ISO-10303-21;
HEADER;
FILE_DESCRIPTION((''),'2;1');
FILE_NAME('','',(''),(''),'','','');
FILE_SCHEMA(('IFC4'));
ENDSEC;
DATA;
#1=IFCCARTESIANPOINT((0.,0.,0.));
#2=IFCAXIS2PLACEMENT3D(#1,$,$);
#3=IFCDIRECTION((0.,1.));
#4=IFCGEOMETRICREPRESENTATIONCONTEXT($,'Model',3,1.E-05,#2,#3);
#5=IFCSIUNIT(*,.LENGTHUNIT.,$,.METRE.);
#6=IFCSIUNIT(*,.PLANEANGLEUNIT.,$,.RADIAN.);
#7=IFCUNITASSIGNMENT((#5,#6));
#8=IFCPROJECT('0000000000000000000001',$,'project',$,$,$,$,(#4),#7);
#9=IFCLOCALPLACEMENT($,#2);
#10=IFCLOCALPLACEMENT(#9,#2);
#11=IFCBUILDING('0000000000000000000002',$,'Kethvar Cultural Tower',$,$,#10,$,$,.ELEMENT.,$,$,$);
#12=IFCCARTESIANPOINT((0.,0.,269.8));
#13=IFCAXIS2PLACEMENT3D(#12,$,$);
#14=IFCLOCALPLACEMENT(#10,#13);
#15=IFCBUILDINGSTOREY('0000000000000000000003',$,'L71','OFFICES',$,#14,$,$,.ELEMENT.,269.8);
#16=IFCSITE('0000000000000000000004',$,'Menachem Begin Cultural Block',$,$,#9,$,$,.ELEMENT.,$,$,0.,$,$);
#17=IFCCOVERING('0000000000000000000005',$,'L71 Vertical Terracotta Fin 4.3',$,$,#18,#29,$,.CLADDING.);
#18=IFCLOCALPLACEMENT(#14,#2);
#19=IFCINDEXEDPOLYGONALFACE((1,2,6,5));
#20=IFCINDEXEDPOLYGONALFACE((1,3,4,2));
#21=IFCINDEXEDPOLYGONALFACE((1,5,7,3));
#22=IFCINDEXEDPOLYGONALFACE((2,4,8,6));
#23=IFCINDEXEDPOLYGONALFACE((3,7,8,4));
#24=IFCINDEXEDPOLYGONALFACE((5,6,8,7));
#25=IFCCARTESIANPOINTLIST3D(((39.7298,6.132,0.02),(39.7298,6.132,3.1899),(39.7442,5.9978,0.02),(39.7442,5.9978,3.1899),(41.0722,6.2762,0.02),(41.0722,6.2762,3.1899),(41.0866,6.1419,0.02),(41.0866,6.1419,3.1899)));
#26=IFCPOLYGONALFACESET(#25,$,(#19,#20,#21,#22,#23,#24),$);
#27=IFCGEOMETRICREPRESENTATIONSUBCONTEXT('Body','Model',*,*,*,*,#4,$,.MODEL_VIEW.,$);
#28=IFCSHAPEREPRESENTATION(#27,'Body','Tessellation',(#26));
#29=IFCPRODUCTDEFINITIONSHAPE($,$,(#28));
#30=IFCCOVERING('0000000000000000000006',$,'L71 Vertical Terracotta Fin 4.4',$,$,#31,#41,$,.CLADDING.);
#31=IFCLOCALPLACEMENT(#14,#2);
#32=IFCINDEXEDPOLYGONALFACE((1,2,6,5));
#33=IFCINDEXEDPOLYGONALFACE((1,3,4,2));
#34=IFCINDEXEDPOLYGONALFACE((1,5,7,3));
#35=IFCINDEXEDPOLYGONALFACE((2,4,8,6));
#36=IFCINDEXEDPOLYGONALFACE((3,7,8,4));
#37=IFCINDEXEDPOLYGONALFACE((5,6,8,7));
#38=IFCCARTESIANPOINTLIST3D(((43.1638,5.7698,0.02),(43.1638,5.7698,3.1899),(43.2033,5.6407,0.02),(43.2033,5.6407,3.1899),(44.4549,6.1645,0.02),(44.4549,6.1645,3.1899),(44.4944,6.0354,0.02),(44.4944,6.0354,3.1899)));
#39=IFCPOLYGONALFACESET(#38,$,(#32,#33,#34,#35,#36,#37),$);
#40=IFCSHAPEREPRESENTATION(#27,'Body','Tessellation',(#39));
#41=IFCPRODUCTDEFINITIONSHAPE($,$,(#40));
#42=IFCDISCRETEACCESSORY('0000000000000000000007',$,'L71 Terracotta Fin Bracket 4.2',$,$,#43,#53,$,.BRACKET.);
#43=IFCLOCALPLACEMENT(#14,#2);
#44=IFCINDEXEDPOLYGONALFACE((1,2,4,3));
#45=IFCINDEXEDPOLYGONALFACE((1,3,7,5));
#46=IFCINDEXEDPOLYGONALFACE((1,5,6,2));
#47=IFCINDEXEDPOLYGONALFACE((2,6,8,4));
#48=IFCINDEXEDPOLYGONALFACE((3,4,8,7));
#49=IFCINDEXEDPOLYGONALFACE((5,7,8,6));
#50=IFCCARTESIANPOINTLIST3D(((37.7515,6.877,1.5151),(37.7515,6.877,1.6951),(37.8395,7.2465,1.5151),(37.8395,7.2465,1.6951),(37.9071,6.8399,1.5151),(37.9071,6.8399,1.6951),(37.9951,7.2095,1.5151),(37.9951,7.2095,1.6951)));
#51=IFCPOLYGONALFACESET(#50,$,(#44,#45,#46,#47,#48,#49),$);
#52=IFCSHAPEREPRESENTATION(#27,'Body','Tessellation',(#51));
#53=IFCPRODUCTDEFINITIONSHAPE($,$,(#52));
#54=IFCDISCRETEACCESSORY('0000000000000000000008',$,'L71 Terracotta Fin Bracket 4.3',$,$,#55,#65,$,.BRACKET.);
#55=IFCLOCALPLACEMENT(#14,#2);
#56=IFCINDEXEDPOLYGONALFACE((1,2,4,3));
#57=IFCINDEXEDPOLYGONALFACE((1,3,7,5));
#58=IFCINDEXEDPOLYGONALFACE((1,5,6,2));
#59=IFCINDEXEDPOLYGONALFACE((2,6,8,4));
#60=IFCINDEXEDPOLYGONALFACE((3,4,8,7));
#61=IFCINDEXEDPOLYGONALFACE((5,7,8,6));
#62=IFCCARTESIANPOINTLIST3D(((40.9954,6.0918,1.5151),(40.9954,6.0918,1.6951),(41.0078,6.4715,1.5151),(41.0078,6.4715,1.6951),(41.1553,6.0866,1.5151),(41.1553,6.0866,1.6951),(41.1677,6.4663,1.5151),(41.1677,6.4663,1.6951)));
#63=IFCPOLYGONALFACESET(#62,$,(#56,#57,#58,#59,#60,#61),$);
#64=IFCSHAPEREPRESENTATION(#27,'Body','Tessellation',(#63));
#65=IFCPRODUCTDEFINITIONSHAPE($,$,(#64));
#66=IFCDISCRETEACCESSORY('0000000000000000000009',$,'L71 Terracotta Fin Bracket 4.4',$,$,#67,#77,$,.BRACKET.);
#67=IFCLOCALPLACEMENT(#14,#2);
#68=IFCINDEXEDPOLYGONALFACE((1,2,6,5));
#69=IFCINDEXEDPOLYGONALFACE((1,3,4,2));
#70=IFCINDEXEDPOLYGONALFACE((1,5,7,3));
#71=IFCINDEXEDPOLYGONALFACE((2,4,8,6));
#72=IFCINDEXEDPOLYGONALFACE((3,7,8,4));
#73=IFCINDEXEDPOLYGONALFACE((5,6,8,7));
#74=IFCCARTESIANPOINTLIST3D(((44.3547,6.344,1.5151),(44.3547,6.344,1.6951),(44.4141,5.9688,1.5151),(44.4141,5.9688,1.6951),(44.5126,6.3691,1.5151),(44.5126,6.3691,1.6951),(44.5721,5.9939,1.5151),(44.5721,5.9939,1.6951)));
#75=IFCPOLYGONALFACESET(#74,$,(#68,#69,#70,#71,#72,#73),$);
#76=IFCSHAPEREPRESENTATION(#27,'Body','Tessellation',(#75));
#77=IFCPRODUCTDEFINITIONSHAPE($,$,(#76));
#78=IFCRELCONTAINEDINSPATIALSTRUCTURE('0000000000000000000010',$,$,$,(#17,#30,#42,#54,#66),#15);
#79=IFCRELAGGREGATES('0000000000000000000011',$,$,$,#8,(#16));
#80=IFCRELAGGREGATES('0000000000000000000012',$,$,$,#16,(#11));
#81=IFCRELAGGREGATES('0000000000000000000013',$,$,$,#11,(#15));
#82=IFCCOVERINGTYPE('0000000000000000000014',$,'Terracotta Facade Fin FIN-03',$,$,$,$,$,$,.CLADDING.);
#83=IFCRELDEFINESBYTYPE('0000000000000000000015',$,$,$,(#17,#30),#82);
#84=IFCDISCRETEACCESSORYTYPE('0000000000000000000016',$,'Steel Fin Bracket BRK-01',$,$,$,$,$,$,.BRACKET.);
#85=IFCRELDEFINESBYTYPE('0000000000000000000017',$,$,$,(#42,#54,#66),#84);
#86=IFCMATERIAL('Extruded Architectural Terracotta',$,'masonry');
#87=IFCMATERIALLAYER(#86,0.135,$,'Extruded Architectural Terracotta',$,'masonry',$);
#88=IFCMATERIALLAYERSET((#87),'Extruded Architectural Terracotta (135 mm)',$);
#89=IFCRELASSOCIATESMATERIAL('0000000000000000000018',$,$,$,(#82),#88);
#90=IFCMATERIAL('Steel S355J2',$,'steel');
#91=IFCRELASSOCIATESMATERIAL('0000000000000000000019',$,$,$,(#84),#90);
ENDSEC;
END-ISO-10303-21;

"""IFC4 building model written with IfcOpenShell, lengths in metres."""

from ifc_helpers import new_model, si_unit, direction, frame, origin, origin_2d, place, context, subcontext, project, spatial, rectangle, extrude, source, transform, mapped, material, layer, layer_set, type_object, element, save


model = new_model("IFC4")

# Units and contexts
model_context = context("Model", 3, precision=1e-05, world=origin(), true_north=direction((0.0, 1.0)))
body_context = subcontext(model_context, "Body", "Model", "MODEL_VIEW")
ifc_project = project(units=[si_unit("LENGTHUNIT", "METRE"), si_unit("PLANEANGLEUNIT", "RADIAN")], contexts=[model_context])

# Site, building, storey
site_placement = place(None, origin())
site = spatial("IfcSite", under=ifc_project, at=site_placement, Name="Menachem Begin Cultural Block", CompositionType="ELEMENT", RefElevation=0.0)
building_placement = place(site_placement, origin())
building = spatial("IfcBuilding", under=site, at=building_placement, Name="Kethvar Cultural Tower", CompositionType="ELEMENT")
storey_placement = place(building_placement, frame((0.0, 0.0, 269.8)))
storey = spatial("IfcBuildingStorey", under=building, at=storey_placement, Name="L71", Description="OFFICES", CompositionType="ELEMENT", Elevation=269.8)

# Shared definitions
ifc_material_1 = material(Name="Steel S355J2", Category="steel")

# Coverings
ifc_material_2 = material(Name="Extruded Architectural Terracotta", Category="masonry")
ifc_layer_1 = layer(ifc_material_2, 0.135, Name="Extruded Architectural Terracotta", Category="masonry")
ifc_layer_set_1 = layer_set([ifc_layer_1], Name="Extruded Architectural Terracotta (135 mm)")
covering_type = type_object("IfcCoveringType", Name="Terracotta Facade Fin FIN-03", PredefinedType="CLADDING", material=ifc_layer_set_1)
shared_shape_1 = source(origin(), body_context, "Body", "SweptSolid", [
    extrude(rectangle(XDim=1.3501, YDim=0.135, at=origin_2d()), origin(), (0.0, 0.0, 1.0), 3.1699),
])
for number, where, z_axis, x_axis, name in (
    (1, (40.4082, 6.137, 0.02), (0.0, 0.0, 1.0), (-0.994282, -0.106785, 0.0), "L71 Vertical Terracotta Fin 4.3"),
    (2, (43.8291, 5.9026, 0.02), (0.0, 0.0, 1.0), (-0.956305, -0.292372, 0.0), "L71 Vertical Terracotta Fin 4.4"),
):
    element("IfcCovering", number, at=place(storey_placement, frame(where, z_axis=z_axis, x_axis=x_axis)), inside=storey, type_object=covering_type, Name=name, PredefinedType="CLADDING", context=body_context, shape_type="MappedRepresentation", body=[
        mapped(shared_shape_1, transform((0.0, 0.0, 0.0), scale=1.0)),
    ])

# Discrete accessories
discrete_accessory_type = type_object("IfcDiscreteAccessoryType", Name="Steel Fin Bracket BRK-01", PredefinedType="BRACKET", material=ifc_material_1)
shared_shape_2 = source(origin(), body_context, "Body", "SweptSolid", [
    extrude(rectangle(XDim=0.3799, YDim=0.1599, at=origin_2d()), origin(), (0.0, 0.0, 1.0), 0.1799),
])
for number, where, z_axis, x_axis, name in (
    (3, (37.8733, 7.0432, 1.5151), (0.0, 0.0, 1.0), (-0.231748, -0.972776, 0.0), "L71 Terracotta Fin Bracket 4.2"),
    (4, (41.0815, 6.2791, 1.5151), (0.0, 0.0, 1.0), (-0.032632, -0.999467, 0.0), "L71 Terracotta Fin Bracket 4.3"),
    (5, (44.4634, 6.1689, 1.5151), (0.0, 0.0, 1.0), (0.156434, -0.987688, 0.0), "L71 Terracotta Fin Bracket 4.4"),
):
    element("IfcDiscreteAccessory", number, at=place(storey_placement, frame(where, z_axis=z_axis, x_axis=x_axis)), inside=storey, type_object=discrete_accessory_type, Name=name, PredefinedType="BRACKET", context=body_context, shape_type="MappedRepresentation", body=[
        mapped(shared_shape_2, transform((0.0, 0.0, 0.0), scale=1.0)),
    ])

save(model, "model.ifc")
